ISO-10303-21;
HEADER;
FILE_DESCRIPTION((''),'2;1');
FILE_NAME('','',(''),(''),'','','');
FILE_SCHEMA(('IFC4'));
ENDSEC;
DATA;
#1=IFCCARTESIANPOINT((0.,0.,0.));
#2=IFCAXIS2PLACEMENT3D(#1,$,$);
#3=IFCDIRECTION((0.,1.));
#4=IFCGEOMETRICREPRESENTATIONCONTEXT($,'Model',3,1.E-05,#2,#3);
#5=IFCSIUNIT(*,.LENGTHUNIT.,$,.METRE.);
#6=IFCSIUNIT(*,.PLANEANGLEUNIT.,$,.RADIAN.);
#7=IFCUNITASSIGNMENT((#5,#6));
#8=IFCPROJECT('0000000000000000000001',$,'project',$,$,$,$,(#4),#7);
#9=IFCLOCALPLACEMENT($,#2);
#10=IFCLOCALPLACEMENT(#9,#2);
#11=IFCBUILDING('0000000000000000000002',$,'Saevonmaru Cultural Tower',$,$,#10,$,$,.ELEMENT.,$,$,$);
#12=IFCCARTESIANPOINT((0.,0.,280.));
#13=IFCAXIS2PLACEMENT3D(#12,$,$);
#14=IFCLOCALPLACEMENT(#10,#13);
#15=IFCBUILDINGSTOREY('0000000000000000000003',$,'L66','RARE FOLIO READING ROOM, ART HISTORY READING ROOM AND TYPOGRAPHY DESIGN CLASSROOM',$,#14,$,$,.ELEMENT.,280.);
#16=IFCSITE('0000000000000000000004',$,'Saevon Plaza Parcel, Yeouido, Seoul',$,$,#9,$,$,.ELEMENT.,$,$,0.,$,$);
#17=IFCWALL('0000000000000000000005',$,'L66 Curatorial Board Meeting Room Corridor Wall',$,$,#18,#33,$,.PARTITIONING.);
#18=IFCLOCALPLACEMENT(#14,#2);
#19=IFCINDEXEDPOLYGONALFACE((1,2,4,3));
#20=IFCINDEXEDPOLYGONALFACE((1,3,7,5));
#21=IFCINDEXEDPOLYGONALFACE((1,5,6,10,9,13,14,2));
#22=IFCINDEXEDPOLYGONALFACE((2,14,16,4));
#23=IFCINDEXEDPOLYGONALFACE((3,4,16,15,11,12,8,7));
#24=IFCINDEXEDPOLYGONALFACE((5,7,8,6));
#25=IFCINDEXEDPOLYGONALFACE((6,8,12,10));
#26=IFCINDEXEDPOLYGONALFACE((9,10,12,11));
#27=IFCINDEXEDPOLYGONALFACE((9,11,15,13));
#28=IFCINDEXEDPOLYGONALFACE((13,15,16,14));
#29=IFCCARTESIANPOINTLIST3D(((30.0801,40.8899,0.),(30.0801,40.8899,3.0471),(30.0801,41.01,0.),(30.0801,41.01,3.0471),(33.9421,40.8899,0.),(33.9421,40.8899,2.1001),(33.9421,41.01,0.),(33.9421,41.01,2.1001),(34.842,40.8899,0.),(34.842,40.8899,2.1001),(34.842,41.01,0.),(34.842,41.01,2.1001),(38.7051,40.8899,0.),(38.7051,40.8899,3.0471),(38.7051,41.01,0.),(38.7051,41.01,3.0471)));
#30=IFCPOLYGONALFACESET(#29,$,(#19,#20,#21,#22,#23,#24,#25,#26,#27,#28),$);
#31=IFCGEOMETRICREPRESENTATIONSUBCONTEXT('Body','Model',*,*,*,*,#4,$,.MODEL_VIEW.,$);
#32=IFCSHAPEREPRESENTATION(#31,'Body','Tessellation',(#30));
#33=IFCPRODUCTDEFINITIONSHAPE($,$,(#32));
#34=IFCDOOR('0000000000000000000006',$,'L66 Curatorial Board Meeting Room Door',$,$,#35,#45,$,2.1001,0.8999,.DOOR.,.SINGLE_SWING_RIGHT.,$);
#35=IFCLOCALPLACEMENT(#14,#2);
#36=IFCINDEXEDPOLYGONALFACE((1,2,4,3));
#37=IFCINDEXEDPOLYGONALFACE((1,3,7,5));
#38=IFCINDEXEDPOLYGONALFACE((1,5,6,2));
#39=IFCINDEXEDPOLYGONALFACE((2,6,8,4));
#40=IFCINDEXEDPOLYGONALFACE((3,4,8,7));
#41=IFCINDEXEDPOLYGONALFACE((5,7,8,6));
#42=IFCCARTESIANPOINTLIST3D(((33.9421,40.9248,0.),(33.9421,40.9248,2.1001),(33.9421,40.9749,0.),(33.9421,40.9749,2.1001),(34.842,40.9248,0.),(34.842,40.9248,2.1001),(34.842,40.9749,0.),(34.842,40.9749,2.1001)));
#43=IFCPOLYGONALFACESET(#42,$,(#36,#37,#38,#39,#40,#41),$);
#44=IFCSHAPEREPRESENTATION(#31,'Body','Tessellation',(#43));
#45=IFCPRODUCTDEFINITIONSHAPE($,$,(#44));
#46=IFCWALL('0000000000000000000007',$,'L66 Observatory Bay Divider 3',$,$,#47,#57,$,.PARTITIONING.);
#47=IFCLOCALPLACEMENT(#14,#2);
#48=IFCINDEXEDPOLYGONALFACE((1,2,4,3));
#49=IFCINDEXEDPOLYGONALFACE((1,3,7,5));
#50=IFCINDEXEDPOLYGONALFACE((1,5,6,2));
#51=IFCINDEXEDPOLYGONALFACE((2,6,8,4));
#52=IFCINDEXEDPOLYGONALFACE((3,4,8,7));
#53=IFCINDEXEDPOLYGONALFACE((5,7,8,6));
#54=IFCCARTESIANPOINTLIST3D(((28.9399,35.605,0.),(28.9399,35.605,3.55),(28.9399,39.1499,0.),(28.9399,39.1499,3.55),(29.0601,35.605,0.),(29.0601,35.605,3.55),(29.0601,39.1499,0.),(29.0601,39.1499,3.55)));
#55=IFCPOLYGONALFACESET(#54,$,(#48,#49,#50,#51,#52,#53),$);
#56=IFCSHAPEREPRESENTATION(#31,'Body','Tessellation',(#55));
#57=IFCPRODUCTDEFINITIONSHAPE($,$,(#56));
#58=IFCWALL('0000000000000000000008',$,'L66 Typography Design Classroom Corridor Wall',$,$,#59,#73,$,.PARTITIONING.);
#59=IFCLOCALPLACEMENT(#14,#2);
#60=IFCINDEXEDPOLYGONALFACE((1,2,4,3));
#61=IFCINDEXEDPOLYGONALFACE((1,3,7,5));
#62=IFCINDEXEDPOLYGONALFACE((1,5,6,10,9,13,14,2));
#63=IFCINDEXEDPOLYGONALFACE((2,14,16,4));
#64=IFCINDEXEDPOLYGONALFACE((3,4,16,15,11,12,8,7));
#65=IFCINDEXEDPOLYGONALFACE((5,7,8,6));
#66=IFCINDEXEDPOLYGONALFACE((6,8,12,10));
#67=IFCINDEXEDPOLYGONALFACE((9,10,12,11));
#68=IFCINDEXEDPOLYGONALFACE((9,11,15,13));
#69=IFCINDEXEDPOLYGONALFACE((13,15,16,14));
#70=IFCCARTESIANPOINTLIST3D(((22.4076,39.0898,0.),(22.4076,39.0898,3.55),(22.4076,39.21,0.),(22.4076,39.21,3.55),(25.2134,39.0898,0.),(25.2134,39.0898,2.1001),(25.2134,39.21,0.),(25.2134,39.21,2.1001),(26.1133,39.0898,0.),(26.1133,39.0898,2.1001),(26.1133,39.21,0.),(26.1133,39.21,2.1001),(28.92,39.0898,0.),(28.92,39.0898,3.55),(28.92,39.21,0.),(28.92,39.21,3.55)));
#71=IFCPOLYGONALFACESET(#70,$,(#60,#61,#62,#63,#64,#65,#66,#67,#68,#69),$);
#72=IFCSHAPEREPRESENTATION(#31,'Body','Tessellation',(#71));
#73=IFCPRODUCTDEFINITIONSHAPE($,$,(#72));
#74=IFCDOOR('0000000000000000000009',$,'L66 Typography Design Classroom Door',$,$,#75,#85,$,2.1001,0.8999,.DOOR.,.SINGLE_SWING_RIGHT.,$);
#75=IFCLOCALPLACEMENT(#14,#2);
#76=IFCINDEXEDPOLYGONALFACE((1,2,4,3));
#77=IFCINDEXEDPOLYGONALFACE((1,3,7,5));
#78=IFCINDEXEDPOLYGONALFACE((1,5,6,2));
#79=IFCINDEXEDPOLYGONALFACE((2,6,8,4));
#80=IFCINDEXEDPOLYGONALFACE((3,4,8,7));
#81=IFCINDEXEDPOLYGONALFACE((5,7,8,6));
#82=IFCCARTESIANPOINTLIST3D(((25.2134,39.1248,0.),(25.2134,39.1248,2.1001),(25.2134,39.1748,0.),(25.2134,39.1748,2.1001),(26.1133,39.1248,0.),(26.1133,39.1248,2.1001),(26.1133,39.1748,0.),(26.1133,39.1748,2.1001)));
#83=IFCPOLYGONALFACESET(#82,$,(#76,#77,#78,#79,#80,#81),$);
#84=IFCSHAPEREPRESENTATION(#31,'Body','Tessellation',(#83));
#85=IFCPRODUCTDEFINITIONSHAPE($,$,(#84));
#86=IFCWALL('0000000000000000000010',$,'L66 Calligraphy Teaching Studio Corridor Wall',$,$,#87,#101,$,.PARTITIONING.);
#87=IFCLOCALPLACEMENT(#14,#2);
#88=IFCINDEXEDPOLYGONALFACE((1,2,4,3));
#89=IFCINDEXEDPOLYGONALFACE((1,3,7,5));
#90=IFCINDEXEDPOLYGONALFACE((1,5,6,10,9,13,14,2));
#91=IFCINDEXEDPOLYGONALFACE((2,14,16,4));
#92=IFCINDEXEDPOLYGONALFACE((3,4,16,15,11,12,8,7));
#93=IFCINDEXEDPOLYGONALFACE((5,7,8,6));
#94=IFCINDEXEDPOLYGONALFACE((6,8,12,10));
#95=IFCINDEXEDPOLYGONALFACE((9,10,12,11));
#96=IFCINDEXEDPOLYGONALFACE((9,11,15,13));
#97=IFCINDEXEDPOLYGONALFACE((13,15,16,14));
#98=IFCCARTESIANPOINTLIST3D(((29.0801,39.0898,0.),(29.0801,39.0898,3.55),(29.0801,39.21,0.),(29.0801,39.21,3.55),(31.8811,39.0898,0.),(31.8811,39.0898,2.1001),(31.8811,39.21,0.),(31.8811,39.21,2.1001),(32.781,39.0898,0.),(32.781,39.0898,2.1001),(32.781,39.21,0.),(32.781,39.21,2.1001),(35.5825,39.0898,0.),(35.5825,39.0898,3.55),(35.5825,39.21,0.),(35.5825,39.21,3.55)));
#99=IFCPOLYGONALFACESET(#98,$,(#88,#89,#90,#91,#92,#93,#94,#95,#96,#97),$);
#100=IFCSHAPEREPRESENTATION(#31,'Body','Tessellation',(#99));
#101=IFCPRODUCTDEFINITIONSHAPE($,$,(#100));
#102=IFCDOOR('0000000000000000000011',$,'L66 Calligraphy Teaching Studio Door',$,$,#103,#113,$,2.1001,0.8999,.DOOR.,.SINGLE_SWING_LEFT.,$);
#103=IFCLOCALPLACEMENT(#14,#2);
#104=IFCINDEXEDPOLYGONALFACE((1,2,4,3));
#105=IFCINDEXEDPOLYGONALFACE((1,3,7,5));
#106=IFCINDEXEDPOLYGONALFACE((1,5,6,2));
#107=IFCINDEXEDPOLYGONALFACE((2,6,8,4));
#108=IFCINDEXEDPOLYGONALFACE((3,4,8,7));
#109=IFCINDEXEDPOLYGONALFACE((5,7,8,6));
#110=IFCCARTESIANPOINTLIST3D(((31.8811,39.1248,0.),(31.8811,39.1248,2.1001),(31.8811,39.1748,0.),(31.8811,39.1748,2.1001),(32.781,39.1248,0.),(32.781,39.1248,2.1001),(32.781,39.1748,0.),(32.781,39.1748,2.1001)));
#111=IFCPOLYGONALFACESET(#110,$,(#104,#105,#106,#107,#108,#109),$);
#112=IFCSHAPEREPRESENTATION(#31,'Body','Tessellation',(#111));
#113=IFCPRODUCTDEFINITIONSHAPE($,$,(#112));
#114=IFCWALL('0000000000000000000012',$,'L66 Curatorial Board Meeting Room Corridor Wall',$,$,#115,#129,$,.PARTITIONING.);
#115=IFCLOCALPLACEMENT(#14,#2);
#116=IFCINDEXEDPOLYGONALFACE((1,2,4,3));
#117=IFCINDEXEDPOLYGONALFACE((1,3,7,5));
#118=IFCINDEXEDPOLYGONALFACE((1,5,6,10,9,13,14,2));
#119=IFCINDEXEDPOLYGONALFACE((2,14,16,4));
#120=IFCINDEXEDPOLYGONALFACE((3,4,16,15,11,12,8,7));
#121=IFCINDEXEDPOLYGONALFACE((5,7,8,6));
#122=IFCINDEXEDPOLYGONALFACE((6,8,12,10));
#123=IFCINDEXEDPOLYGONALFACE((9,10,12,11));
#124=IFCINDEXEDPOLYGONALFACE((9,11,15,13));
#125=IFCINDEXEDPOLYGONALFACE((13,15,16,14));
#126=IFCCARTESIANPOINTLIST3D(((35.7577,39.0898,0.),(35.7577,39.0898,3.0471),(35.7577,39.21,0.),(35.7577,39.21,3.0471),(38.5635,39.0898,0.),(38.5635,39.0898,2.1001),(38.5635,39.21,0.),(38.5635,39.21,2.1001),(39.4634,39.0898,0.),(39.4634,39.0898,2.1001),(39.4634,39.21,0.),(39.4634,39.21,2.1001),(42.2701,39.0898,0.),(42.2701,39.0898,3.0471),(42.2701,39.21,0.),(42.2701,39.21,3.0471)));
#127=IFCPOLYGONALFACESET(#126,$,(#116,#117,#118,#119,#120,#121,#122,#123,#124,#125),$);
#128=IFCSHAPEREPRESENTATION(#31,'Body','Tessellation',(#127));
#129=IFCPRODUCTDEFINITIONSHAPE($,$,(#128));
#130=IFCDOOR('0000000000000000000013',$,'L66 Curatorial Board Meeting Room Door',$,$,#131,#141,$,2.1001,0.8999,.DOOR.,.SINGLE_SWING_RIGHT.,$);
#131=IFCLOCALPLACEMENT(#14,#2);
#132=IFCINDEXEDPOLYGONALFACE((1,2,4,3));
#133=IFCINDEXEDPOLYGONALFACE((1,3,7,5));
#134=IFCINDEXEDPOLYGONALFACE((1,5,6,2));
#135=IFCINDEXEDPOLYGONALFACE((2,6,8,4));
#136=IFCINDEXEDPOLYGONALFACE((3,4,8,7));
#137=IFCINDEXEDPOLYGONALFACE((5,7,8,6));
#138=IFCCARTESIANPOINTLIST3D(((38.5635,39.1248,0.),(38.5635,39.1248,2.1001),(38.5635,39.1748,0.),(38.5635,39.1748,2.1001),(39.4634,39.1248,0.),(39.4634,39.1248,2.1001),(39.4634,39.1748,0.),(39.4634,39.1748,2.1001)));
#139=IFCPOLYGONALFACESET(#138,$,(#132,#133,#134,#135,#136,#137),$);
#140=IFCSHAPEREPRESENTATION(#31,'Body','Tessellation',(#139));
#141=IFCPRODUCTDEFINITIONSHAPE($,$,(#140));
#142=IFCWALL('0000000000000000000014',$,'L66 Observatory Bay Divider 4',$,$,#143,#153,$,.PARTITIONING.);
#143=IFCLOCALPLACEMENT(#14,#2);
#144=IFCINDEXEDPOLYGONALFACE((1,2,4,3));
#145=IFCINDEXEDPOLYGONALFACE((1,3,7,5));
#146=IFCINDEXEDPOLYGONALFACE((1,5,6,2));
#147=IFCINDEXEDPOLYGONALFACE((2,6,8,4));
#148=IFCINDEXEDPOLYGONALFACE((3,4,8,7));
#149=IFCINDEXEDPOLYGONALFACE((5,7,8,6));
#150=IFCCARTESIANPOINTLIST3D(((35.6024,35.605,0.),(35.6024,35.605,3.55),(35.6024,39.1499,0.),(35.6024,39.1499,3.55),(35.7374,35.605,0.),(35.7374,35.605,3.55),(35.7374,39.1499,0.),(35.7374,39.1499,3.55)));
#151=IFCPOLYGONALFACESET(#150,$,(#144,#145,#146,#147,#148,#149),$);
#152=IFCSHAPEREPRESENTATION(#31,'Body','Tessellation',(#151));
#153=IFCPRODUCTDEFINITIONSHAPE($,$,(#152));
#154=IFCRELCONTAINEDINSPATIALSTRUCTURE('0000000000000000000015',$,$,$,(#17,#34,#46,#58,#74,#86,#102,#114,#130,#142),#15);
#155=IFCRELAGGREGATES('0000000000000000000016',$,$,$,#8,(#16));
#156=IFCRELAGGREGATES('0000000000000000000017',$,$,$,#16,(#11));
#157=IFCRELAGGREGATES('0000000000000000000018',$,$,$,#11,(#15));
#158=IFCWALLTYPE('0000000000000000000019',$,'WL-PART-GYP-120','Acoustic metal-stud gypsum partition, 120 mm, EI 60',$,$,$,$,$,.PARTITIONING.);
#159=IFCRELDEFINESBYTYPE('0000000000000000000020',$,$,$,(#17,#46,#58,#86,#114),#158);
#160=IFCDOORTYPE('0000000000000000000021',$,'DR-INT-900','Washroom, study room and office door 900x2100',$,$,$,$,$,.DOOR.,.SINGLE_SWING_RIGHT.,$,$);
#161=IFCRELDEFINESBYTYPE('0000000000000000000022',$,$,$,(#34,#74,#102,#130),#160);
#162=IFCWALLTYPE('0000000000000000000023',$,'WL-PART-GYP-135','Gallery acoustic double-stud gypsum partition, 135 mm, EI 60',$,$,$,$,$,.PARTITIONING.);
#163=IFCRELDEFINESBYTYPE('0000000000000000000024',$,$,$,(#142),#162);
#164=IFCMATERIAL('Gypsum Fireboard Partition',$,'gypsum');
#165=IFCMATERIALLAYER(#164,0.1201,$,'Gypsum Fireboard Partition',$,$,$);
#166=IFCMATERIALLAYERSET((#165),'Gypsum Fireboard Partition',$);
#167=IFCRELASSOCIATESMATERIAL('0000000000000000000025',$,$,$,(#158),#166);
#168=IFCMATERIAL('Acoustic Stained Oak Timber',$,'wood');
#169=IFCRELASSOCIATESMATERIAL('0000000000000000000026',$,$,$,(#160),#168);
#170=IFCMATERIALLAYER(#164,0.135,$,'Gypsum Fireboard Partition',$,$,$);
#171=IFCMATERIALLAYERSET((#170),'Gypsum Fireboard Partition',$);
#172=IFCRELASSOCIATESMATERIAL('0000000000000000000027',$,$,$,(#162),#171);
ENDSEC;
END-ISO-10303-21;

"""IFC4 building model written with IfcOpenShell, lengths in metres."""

from ifc_helpers import new_model, si_unit, direction, frame, frame_2d, origin, place, context, subcontext, project, spatial, rectangle, extrude, material, layer, layer_set, type_object, element, fill, save


model = new_model("IFC4")

# Units and contexts
model_context = context("Model", 3, precision=1e-05, world=origin(), true_north=direction((0.0, 1.0)))
body_context = subcontext(model_context, "Body", "Model", "MODEL_VIEW")
ifc_project = project(units=[si_unit("LENGTHUNIT", "METRE"), si_unit("PLANEANGLEUNIT", "RADIAN")], contexts=[model_context])

# Site, building, storey
site_placement = place(None, origin())
site = spatial("IfcSite", under=ifc_project, at=site_placement, Name="Saevon Plaza Parcel, Yeouido, Seoul", CompositionType="ELEMENT", RefElevation=0.0)
building_placement = place(site_placement, origin())
building = spatial("IfcBuilding", under=site, at=building_placement, Name="Saevonmaru Cultural Tower", CompositionType="ELEMENT")
storey_placement = place(building_placement, frame((0.0, 0.0, 280.0)))
storey = spatial("IfcBuildingStorey", under=building, at=storey_placement, Name="L66", Description="RARE FOLIO READING ROOM, ART HISTORY READING ROOM AND TYPOGRAPHY DESIGN CLASSROOM", CompositionType="ELEMENT", Elevation=280.0)

# Shared definitions
ifc_material_1 = material(Name="Gypsum Fireboard Partition", Category="gypsum")
ifc_layer_1 = layer(ifc_material_1, 0.1201, Name="Gypsum Fireboard Partition")
ifc_layer_set_1 = layer_set([ifc_layer_1], Name="Gypsum Fireboard Partition")
wall_type_1 = type_object("IfcWallType", Name="WL-PART-GYP-120", Description="Acoustic metal-stud gypsum partition, 120 mm, EI 60", PredefinedType="PARTITIONING", material=ifc_layer_set_1)

# Wall, opening, door
wall_1_placement = place(storey_placement, frame((30.0801, 40.95, 0.0), z_axis=(0.0, 0.0, 1.0), x_axis=(1.0, 0.0, 0.0)))
wall_1 = element("IfcWall", 1, at=wall_1_placement, inside=storey, type_object=wall_type_1, Name="L66 Curatorial Board Meeting Room Corridor Wall", PredefinedType="PARTITIONING", context=body_context, shape_type="SweptSolid", body=[
    extrude(rectangle(XDim=8.625, YDim=0.1201, at=frame_2d((4.3125, 0.0))), origin(), (0.0, 0.0, 1.0), 3.0471),
])
opening_1_placement = place(wall_1_placement, frame((3.8621, 0.0, 0.0)))
opening_1 = element("IfcOpeningElement", 2, at=opening_1_placement, cuts=wall_1, PredefinedType="OPENING", context=body_context, shape_type="SweptSolid", body=[
    extrude(rectangle(XDim=0.8999, YDim=2.1001, at=frame_2d((0.45, 1.05))), frame((0.0, 0.0701, 0.0), z_axis=(0.0, -1.0, 0.0), x_axis=(1.0, 0.0, 0.0)), (0.0, 0.0, 1.0), 0.1401),
])
ifc_material_2 = material(Name="Acoustic Stained Oak Timber", Category="wood")
door_type = type_object("IfcDoorType", Name="DR-INT-900", Description="Washroom, study room and office door 900x2100", OperationType="SINGLE_SWING_RIGHT", PredefinedType="DOOR", material=ifc_material_2)
door_1_placement = place(opening_1_placement, origin())
door_1 = element("IfcDoor", 3, at=door_1_placement, inside=storey, type_object=door_type, Name="L66 Curatorial Board Meeting Room Door", OperationType="SINGLE_SWING_RIGHT", OverallHeight=2.1001, OverallWidth=0.8999, PredefinedType="DOOR", context=body_context, shape_type="SweptSolid", body=[
    extrude(rectangle(XDim=0.8999, YDim=2.1001, at=frame_2d((0.45, 1.05))), frame((0.0, 0.0249, 0.0), z_axis=(0.0, -1.0, 0.0), x_axis=(1.0, 0.0, 0.0)), (0.0, 0.0, 1.0), 0.05),
])
fill(opening_1, door_1)

# Wall
wall_2_placement = place(storey_placement, frame((29.0, 35.605, 0.0), z_axis=(0.0, 0.0, 1.0), x_axis=(0.0, 1.0, 0.0)))
element("IfcWall", 4, at=wall_2_placement, inside=storey, type_object=wall_type_1, Name="L66 Observatory Bay Divider 3", PredefinedType="PARTITIONING", context=body_context, shape_type="SweptSolid", body=[
    extrude(rectangle(XDim=3.5449, YDim=0.1201, at=frame_2d((1.7725, 0.0))), origin(), (0.0, 0.0, 1.0), 3.55),
])

# Walls, openings, doors
wall_3_placement = place(storey_placement, frame((22.4075, 39.1499, 0.0), z_axis=(0.0, 0.0, 1.0), x_axis=(1.0, 0.0, 0.0)))
wall_3 = element("IfcWall", 5, at=wall_3_placement, inside=storey, type_object=wall_type_1, Name="L66 Typography Design Classroom Corridor Wall", PredefinedType="PARTITIONING", context=body_context, shape_type="SweptSolid", body=[
    extrude(rectangle(XDim=6.5125, YDim=0.1201, at=frame_2d((3.2563, 0.0))), origin(), (0.0, 0.0, 1.0), 3.55),
])
opening_2_placement = place(wall_3_placement, frame((2.8059, 0.0, 0.0)))
opening_2 = element("IfcOpeningElement", 6, at=opening_2_placement, cuts=wall_3, PredefinedType="OPENING", context=body_context, shape_type="SweptSolid", body=[
    extrude(rectangle(XDim=0.8999, YDim=2.1001, at=frame_2d((0.45, 1.05))), frame((0.0, 0.0701, 0.0), z_axis=(0.0, -1.0, 0.0), x_axis=(1.0, 0.0, 0.0)), (0.0, 0.0, 1.0), 0.1401),
])
door_2_placement = place(opening_2_placement, origin())
door_2 = element("IfcDoor", 7, at=door_2_placement, inside=storey, type_object=door_type, Name="L66 Typography Design Classroom Door", OperationType="SINGLE_SWING_RIGHT", OverallHeight=2.1001, OverallWidth=0.8999, PredefinedType="DOOR", context=body_context, shape_type="SweptSolid", body=[
    extrude(rectangle(XDim=0.8999, YDim=2.1001, at=frame_2d((0.45, 1.05))), frame((0.0, 0.0249, 0.0), z_axis=(0.0, -1.0, 0.0), x_axis=(1.0, 0.0, 0.0)), (0.0, 0.0, 1.0), 0.05),
])
fill(opening_2, door_2)
wall_4_placement = place(storey_placement, frame((29.0801, 39.1499, 0.0), z_axis=(0.0, 0.0, 1.0), x_axis=(1.0, 0.0, 0.0)))
wall_4 = element("IfcWall", 8, at=wall_4_placement, inside=storey, type_object=wall_type_1, Name="L66 Calligraphy Teaching Studio Corridor Wall", PredefinedType="PARTITIONING", context=body_context, shape_type="SweptSolid", body=[
    extrude(rectangle(XDim=6.5024, YDim=0.1201, at=frame_2d((3.2512, 0.0))), origin(), (0.0, 0.0, 1.0), 3.55),
])
opening_3_placement = place(wall_4_placement, frame((2.801, 0.0, 0.0)))
opening_3 = element("IfcOpeningElement", 9, at=opening_3_placement, cuts=wall_4, PredefinedType="OPENING", context=body_context, shape_type="SweptSolid", body=[
    extrude(rectangle(XDim=0.8999, YDim=2.1001, at=frame_2d((0.45, 1.05))), frame((0.0, 0.0701, 0.0), z_axis=(0.0, -1.0, 0.0), x_axis=(1.0, 0.0, 0.0)), (0.0, 0.0, 1.0), 0.1401),
])
door_3_placement = place(opening_3_placement, origin())
door_3 = element("IfcDoor", 10, at=door_3_placement, inside=storey, type_object=door_type, Name="L66 Calligraphy Teaching Studio Door", OperationType="SINGLE_SWING_LEFT", OverallHeight=2.1001, OverallWidth=0.8999, PredefinedType="DOOR", context=body_context, shape_type="SweptSolid", body=[
    extrude(rectangle(XDim=0.8999, YDim=2.1001, at=frame_2d((0.45, 1.05))), frame((0.0, 0.0249, 0.0), z_axis=(0.0, -1.0, 0.0), x_axis=(1.0, 0.0, 0.0)), (0.0, 0.0, 1.0), 0.05),
])
fill(opening_3, door_3)
wall_5_placement = place(storey_placement, frame((35.7576, 39.1499, 0.0), z_axis=(0.0, 0.0, 1.0), x_axis=(1.0, 0.0, 0.0)))
wall_5 = element("IfcWall", 11, at=wall_5_placement, inside=storey, type_object=wall_type_1, Name="L66 Curatorial Board Meeting Room Corridor Wall", PredefinedType="PARTITIONING", context=body_context, shape_type="SweptSolid", body=[
    extrude(rectangle(XDim=6.5125, YDim=0.1201, at=frame_2d((3.2563, 0.0))), origin(), (0.0, 0.0, 1.0), 3.0471),
])
opening_4_placement = place(wall_5_placement, frame((2.8059, 0.0, 0.0)))
opening_4 = element("IfcOpeningElement", 12, at=opening_4_placement, cuts=wall_5, PredefinedType="OPENING", context=body_context, shape_type="SweptSolid", body=[
    extrude(rectangle(XDim=0.8999, YDim=2.1001, at=frame_2d((0.45, 1.05))), frame((0.0, 0.0701, 0.0), z_axis=(0.0, -1.0, 0.0), x_axis=(1.0, 0.0, 0.0)), (0.0, 0.0, 1.0), 0.1401),
])
door_4_placement = place(opening_4_placement, origin())
door_4 = element("IfcDoor", 13, at=door_4_placement, inside=storey, type_object=door_type, Name="L66 Curatorial Board Meeting Room Door", OperationType="SINGLE_SWING_RIGHT", OverallHeight=2.1001, OverallWidth=0.8999, PredefinedType="DOOR", context=body_context, shape_type="SweptSolid", body=[
    extrude(rectangle(XDim=0.8999, YDim=2.1001, at=frame_2d((0.45, 1.05))), frame((0.0, 0.0249, 0.0), z_axis=(0.0, -1.0, 0.0), x_axis=(1.0, 0.0, 0.0)), (0.0, 0.0, 1.0), 0.05),
])
fill(opening_4, door_4)

# Wall
ifc_layer_2 = layer(ifc_material_1, 0.135, Name="Gypsum Fireboard Partition")
ifc_layer_set_2 = layer_set([ifc_layer_2], Name="Gypsum Fireboard Partition")
wall_type_2 = type_object("IfcWallType", Name="WL-PART-GYP-135", Description="Gallery acoustic double-stud gypsum partition, 135 mm, EI 60", PredefinedType="PARTITIONING", material=ifc_layer_set_2)
wall_6_placement = place(storey_placement, frame((35.6699, 35.605, 0.0), z_axis=(0.0, 0.0, 1.0), x_axis=(0.0, 1.0, 0.0)))
element("IfcWall", 14, at=wall_6_placement, inside=storey, type_object=wall_type_2, Name="L66 Observatory Bay Divider 4", PredefinedType="PARTITIONING", context=body_context, shape_type="SweptSolid", body=[
    extrude(rectangle(XDim=3.5449, YDim=0.135, at=frame_2d((1.7725, 0.0))), origin(), (0.0, 0.0, 1.0), 3.55),
])

save(model, "model.ifc")
